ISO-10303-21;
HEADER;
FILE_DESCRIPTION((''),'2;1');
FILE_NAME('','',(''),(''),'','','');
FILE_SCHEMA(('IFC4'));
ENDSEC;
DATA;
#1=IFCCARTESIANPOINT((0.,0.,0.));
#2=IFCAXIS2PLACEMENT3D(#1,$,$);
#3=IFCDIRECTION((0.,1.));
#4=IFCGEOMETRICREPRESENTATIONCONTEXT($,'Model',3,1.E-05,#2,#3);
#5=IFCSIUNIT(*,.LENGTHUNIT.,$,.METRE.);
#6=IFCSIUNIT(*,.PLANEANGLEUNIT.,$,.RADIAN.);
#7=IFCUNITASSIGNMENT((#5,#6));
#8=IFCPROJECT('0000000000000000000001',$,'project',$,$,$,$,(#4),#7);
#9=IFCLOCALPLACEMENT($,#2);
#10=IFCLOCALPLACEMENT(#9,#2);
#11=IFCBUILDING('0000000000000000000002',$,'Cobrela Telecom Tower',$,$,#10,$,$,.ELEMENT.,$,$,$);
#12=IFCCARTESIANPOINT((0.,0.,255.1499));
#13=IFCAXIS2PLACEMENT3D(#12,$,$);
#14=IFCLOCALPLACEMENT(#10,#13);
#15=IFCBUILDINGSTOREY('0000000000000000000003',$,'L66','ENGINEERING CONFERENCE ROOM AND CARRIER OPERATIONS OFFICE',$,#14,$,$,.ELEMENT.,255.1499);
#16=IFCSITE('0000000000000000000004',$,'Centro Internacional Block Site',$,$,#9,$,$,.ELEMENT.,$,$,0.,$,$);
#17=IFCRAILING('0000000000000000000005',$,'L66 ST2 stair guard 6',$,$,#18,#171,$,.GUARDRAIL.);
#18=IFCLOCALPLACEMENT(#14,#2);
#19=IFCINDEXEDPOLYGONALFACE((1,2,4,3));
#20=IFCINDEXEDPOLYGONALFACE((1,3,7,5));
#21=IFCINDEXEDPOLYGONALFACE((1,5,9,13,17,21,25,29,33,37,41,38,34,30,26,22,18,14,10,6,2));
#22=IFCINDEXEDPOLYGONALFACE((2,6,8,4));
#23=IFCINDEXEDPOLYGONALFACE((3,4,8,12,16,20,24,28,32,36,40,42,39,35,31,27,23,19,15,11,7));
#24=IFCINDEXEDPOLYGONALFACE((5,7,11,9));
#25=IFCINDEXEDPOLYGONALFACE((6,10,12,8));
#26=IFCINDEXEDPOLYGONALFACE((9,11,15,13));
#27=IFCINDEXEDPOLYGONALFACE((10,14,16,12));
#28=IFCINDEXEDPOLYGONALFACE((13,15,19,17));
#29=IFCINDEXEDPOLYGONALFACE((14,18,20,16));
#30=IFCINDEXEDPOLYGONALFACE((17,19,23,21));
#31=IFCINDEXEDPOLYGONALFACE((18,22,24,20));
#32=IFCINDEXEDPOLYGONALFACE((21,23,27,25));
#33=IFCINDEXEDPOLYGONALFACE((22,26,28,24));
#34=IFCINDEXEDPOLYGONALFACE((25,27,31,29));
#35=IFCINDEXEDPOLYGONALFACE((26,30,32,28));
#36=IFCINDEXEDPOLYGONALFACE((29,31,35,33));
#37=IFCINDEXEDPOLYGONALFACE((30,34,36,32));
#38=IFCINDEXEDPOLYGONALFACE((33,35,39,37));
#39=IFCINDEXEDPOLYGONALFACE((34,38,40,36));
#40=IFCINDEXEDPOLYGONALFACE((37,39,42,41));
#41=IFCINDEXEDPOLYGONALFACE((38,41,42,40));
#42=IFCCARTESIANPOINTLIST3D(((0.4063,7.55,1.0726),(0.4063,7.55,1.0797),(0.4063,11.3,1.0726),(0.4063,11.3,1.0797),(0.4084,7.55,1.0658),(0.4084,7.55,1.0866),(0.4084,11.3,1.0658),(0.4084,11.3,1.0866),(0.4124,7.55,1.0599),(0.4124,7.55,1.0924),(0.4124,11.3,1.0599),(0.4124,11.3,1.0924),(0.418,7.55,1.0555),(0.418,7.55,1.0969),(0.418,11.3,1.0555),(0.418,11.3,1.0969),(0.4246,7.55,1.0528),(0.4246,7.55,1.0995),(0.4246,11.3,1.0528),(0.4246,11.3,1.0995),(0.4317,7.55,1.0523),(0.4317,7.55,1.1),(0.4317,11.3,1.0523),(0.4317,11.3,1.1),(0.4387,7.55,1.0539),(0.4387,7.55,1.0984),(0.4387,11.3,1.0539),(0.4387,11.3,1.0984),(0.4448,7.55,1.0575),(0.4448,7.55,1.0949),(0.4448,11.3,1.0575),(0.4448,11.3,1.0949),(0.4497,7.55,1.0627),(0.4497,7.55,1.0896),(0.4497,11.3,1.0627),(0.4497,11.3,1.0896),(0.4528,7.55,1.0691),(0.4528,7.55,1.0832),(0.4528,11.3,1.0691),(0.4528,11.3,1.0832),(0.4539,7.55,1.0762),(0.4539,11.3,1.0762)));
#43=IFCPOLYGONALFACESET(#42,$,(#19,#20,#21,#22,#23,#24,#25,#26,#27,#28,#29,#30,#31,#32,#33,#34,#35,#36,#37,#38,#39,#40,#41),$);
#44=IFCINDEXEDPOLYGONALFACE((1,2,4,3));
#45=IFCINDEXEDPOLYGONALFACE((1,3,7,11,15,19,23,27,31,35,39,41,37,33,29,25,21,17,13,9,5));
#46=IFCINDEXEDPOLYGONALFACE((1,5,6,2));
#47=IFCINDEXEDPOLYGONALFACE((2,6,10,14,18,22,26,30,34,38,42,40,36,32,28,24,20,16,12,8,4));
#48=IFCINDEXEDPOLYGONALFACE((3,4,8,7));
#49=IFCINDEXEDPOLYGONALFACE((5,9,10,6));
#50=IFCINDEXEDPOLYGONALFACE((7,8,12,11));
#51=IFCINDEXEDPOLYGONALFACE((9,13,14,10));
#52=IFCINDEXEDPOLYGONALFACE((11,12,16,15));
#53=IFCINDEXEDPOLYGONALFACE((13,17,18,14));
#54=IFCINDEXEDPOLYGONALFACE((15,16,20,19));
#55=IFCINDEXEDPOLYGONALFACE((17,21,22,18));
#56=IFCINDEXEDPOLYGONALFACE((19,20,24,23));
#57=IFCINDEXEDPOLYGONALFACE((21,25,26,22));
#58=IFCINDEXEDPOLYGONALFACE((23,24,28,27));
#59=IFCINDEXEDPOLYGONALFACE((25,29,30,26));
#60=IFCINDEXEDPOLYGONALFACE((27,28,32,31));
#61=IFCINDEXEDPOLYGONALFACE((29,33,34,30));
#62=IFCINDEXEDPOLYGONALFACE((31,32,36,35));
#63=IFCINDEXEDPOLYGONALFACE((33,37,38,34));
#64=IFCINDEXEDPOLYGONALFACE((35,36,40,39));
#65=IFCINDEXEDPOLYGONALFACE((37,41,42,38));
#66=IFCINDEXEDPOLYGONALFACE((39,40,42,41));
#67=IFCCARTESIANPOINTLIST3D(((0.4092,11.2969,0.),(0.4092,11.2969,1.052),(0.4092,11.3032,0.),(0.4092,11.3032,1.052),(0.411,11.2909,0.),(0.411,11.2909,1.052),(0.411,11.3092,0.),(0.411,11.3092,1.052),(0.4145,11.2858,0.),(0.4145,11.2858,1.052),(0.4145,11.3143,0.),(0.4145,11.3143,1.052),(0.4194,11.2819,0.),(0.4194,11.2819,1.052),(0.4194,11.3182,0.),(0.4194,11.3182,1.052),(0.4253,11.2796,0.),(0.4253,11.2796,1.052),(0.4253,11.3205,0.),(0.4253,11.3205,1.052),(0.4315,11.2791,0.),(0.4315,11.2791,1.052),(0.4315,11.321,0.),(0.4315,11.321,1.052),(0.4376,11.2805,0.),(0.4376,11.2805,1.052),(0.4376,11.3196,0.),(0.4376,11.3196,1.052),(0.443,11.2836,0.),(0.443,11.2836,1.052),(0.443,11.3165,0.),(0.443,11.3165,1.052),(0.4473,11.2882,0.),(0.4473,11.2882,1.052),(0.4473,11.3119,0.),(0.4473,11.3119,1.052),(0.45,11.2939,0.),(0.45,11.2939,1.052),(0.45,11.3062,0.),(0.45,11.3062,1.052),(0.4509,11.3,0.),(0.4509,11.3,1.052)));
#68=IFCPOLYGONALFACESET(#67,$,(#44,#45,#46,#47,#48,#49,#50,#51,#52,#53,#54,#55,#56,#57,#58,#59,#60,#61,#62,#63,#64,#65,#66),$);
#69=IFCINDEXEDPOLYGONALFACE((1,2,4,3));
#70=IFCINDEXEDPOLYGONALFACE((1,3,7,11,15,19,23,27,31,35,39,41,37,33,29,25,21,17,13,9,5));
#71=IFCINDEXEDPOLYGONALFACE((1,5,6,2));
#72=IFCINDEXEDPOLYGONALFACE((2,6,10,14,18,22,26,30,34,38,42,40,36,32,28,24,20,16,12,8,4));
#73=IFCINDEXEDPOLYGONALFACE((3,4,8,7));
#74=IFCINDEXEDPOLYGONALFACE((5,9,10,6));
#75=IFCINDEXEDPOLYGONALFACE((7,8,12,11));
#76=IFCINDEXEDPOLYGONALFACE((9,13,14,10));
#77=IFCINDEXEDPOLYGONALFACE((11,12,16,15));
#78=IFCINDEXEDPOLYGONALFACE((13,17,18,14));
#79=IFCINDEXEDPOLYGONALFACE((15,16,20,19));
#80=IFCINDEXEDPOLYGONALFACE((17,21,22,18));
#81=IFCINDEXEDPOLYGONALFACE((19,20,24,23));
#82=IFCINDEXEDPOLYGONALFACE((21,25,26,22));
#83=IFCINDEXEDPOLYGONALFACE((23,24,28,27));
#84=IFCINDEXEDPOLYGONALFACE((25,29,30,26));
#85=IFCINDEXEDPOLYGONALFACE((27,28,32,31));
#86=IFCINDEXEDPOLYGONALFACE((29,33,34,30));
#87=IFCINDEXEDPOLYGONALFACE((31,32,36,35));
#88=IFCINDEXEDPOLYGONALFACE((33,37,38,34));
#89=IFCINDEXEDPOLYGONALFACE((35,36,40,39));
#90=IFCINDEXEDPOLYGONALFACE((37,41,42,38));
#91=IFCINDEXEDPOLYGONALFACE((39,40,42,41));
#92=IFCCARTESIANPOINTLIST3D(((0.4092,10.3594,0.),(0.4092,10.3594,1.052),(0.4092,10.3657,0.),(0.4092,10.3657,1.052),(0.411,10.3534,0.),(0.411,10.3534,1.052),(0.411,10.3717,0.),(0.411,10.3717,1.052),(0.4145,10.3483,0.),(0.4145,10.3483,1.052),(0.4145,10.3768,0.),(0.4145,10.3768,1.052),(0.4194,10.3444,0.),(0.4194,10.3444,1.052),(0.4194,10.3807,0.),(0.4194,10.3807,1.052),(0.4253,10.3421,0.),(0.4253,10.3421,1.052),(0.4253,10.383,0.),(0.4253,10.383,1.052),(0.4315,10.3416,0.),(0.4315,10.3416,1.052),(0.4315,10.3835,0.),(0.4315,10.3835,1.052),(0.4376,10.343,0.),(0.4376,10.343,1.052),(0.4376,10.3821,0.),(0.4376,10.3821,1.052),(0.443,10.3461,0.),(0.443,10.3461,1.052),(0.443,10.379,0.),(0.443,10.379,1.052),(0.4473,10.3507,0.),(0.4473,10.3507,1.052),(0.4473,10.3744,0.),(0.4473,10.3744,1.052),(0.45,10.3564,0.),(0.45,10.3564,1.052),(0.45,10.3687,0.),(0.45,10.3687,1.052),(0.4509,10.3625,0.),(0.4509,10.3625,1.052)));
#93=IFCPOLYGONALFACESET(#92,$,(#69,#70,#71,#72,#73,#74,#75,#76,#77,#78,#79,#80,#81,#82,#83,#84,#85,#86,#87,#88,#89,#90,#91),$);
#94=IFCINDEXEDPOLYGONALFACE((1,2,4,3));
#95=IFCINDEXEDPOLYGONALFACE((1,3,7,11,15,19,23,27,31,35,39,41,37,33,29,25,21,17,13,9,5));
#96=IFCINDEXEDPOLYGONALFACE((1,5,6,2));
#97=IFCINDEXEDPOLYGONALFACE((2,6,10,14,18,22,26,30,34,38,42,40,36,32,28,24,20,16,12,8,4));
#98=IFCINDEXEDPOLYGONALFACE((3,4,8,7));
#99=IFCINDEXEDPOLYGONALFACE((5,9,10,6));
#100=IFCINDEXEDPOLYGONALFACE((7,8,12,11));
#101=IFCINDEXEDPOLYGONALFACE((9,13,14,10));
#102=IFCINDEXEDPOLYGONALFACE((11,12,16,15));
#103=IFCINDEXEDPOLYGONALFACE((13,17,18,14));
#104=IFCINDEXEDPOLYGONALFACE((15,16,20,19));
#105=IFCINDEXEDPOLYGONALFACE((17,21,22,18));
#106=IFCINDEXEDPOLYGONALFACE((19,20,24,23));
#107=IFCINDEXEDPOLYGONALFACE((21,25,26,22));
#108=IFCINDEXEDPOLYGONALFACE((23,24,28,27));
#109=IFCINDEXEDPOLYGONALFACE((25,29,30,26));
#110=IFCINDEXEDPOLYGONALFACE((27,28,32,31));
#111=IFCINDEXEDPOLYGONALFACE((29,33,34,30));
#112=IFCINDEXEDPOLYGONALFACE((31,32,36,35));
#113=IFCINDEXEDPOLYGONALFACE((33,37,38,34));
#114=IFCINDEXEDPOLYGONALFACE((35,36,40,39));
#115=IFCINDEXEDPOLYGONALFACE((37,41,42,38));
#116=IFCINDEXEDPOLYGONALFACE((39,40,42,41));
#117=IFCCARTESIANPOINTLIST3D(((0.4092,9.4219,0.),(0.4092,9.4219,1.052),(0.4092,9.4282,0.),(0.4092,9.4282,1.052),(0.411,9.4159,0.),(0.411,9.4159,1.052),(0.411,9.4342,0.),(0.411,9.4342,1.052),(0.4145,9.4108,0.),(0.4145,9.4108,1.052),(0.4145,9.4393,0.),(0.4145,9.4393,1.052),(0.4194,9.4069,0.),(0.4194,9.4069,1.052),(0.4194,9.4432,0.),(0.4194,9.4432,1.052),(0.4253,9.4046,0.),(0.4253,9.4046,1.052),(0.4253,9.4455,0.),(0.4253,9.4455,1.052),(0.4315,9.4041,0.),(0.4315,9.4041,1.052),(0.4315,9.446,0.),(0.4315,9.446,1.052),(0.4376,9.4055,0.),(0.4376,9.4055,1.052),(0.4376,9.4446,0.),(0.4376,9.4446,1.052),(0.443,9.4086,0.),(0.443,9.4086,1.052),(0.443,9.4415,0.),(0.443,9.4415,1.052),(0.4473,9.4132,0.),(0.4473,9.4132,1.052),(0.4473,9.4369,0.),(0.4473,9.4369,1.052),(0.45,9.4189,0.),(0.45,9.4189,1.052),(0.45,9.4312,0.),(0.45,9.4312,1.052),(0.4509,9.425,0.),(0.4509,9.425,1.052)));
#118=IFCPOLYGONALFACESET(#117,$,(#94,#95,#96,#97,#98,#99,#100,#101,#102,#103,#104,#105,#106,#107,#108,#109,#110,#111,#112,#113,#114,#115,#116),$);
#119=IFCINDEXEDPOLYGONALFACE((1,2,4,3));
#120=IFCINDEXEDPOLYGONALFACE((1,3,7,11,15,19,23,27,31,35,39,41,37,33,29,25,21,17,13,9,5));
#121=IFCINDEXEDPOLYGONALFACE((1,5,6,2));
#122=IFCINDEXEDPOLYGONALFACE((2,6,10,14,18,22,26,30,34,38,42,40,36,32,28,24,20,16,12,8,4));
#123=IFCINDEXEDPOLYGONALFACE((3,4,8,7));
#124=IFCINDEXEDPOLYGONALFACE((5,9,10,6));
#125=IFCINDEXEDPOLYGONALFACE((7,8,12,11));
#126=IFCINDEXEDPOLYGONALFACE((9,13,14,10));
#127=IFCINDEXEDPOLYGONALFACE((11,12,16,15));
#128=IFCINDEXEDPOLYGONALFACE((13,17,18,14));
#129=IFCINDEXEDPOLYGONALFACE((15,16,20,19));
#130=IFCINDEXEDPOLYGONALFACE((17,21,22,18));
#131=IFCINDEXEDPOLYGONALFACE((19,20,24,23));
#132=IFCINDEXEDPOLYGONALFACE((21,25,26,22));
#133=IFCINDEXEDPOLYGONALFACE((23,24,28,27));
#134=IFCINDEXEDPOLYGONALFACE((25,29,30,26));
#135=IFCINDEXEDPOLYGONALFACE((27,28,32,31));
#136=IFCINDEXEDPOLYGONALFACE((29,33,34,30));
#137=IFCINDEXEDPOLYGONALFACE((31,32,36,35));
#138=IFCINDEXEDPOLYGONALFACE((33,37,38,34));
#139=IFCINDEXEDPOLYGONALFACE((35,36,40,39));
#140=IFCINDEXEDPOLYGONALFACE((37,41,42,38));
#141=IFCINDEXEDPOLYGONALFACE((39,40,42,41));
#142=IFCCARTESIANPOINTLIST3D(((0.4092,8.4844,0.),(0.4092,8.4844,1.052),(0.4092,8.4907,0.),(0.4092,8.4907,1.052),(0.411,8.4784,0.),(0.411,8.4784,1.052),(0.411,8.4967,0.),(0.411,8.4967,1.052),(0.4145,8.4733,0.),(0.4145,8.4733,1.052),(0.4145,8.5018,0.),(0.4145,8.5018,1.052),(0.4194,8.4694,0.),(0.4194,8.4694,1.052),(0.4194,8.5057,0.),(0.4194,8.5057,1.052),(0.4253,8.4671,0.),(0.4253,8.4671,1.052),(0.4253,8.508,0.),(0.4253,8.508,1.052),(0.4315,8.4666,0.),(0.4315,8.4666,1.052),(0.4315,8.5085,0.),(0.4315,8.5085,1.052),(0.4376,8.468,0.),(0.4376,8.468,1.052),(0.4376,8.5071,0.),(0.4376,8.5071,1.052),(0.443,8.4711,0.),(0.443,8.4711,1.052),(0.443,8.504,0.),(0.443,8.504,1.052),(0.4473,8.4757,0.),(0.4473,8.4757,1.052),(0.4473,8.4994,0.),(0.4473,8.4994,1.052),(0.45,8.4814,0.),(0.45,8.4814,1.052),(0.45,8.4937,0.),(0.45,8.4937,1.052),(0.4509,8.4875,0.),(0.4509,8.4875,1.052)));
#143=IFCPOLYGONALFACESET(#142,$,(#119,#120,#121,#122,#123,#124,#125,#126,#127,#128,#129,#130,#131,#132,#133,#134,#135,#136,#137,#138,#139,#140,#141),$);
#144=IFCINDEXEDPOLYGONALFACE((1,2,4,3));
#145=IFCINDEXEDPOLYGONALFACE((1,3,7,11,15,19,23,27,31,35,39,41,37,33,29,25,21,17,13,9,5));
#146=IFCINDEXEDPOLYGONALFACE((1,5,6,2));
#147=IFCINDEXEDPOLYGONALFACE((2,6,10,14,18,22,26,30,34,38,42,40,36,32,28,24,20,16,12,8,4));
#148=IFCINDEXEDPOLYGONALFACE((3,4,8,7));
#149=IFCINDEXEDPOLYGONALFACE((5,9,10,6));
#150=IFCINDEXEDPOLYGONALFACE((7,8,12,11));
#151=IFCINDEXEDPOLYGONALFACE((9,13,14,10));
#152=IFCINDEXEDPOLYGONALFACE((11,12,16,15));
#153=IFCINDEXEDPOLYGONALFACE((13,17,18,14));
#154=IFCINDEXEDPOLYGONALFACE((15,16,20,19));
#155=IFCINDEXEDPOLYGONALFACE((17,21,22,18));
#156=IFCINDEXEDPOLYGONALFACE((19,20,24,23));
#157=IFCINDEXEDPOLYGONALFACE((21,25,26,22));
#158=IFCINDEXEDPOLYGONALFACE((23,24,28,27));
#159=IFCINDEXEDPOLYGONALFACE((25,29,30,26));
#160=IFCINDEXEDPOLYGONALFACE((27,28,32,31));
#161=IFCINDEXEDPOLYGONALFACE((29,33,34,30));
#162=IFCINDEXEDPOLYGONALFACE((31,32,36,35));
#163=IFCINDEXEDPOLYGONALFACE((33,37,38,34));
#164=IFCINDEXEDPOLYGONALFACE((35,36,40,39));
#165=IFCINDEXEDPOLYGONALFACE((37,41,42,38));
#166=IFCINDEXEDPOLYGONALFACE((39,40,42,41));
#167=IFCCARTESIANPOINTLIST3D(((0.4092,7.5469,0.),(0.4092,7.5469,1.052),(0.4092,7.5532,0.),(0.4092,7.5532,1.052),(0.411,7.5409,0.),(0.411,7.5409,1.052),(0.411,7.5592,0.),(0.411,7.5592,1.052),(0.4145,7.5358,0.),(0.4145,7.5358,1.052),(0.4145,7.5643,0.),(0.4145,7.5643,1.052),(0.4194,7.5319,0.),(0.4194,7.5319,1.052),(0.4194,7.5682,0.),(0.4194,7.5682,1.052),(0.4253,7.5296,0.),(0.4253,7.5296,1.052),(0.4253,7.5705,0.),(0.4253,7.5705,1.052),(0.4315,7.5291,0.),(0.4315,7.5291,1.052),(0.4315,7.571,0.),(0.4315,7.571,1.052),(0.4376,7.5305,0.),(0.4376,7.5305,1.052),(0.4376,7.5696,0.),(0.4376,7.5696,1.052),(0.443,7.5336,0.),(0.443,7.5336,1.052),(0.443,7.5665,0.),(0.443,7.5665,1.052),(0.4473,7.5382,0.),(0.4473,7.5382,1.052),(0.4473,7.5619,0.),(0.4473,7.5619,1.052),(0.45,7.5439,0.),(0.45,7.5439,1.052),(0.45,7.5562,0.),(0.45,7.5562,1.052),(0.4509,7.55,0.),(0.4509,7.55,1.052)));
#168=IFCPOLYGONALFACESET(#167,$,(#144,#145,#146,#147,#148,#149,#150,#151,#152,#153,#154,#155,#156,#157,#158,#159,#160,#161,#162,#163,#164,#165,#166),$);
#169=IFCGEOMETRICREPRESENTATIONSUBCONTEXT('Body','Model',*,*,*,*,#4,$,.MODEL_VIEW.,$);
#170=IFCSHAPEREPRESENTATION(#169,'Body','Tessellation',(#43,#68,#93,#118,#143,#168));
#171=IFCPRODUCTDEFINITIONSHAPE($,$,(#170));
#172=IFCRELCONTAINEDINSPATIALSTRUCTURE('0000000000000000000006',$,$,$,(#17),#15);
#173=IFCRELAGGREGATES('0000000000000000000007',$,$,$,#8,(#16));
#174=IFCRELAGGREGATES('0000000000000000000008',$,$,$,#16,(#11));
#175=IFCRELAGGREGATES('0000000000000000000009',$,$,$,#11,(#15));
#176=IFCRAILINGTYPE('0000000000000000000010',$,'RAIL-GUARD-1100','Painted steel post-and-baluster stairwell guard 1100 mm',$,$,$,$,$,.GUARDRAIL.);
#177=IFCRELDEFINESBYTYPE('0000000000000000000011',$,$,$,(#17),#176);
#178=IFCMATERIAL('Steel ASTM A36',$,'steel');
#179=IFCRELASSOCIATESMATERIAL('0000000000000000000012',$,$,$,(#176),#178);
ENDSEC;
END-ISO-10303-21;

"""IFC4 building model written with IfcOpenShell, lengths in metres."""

from ifc_helpers import new_model, si_unit, direction, frame, origin, origin_2d, place, context, subcontext, project, spatial, circle, extrude, material, type_object, element, save


model = new_model("IFC4")

# Units and contexts
model_context = context("Model", 3, precision=1e-05, world=origin(), true_north=direction((0.0, 1.0)))
body_context = subcontext(model_context, "Body", "Model", "MODEL_VIEW")
ifc_project = project(units=[si_unit("LENGTHUNIT", "METRE"), si_unit("PLANEANGLEUNIT", "RADIAN")], contexts=[model_context])

# Site, building, storey
site_placement = place(None, origin())
site = spatial("IfcSite", under=ifc_project, at=site_placement, Name="Centro Internacional Block Site", CompositionType="ELEMENT", RefElevation=0.0)
building_placement = place(site_placement, origin())
building = spatial("IfcBuilding", under=site, at=building_placement, Name="Cobrela Telecom Tower", CompositionType="ELEMENT")
storey_placement = place(building_placement, frame((0.0, 0.0, 255.1499)))
storey = spatial("IfcBuildingStorey", under=building, at=storey_placement, Name="L66", Description="ENGINEERING CONFERENCE ROOM AND CARRIER OPERATIONS OFFICE", CompositionType="ELEMENT", Elevation=255.1499)

# Shared definitions
ifc_material_1 = material(Name="Steel ASTM A36", Category="steel")

# Railing
railing_type = type_object("IfcRailingType", Name="RAIL-GUARD-1100", Description="Painted steel post-and-baluster stairwell guard 1100 mm", PredefinedType="GUARDRAIL", material=ifc_material_1)
railing_1_placement = place(storey_placement, frame((0.4299, 11.3, 0.0)))
element("IfcRailing", 1, at=railing_1_placement, inside=storey, type_object=railing_type, Name="L66 ST2 stair guard 6", PredefinedType="GUARDRAIL", context=body_context, shape_type="SweptSolid", body=[
    extrude(circle(Radius=0.0239, at=origin_2d()), frame((0.0, 0.0, 1.0762), z_axis=(0.0, -1.0, 0.0), x_axis=(1.0, 0.0, 0.0)), (0.0, 0.0, 1.0), 3.75),
    extrude(circle(Radius=0.021, at=origin_2d()), origin(), (0.0, 0.0, 1.0), 1.052),
    extrude(circle(Radius=0.021, at=origin_2d()), frame((0.0, -0.9375, 0.0)), (0.0, 0.0, 1.0), 1.052),
    extrude(circle(Radius=0.021, at=origin_2d()), frame((0.0, -1.875, 0.0)), (0.0, 0.0, 1.0), 1.052),
    extrude(circle(Radius=0.021, at=origin_2d()), frame((0.0, -2.8125, 0.0)), (0.0, 0.0, 1.0), 1.052),
    extrude(circle(Radius=0.021, at=origin_2d()), frame((0.0, -3.75, 0.0)), (0.0, 0.0, 1.0), 1.052),
])

save(model, "model.ifc")
